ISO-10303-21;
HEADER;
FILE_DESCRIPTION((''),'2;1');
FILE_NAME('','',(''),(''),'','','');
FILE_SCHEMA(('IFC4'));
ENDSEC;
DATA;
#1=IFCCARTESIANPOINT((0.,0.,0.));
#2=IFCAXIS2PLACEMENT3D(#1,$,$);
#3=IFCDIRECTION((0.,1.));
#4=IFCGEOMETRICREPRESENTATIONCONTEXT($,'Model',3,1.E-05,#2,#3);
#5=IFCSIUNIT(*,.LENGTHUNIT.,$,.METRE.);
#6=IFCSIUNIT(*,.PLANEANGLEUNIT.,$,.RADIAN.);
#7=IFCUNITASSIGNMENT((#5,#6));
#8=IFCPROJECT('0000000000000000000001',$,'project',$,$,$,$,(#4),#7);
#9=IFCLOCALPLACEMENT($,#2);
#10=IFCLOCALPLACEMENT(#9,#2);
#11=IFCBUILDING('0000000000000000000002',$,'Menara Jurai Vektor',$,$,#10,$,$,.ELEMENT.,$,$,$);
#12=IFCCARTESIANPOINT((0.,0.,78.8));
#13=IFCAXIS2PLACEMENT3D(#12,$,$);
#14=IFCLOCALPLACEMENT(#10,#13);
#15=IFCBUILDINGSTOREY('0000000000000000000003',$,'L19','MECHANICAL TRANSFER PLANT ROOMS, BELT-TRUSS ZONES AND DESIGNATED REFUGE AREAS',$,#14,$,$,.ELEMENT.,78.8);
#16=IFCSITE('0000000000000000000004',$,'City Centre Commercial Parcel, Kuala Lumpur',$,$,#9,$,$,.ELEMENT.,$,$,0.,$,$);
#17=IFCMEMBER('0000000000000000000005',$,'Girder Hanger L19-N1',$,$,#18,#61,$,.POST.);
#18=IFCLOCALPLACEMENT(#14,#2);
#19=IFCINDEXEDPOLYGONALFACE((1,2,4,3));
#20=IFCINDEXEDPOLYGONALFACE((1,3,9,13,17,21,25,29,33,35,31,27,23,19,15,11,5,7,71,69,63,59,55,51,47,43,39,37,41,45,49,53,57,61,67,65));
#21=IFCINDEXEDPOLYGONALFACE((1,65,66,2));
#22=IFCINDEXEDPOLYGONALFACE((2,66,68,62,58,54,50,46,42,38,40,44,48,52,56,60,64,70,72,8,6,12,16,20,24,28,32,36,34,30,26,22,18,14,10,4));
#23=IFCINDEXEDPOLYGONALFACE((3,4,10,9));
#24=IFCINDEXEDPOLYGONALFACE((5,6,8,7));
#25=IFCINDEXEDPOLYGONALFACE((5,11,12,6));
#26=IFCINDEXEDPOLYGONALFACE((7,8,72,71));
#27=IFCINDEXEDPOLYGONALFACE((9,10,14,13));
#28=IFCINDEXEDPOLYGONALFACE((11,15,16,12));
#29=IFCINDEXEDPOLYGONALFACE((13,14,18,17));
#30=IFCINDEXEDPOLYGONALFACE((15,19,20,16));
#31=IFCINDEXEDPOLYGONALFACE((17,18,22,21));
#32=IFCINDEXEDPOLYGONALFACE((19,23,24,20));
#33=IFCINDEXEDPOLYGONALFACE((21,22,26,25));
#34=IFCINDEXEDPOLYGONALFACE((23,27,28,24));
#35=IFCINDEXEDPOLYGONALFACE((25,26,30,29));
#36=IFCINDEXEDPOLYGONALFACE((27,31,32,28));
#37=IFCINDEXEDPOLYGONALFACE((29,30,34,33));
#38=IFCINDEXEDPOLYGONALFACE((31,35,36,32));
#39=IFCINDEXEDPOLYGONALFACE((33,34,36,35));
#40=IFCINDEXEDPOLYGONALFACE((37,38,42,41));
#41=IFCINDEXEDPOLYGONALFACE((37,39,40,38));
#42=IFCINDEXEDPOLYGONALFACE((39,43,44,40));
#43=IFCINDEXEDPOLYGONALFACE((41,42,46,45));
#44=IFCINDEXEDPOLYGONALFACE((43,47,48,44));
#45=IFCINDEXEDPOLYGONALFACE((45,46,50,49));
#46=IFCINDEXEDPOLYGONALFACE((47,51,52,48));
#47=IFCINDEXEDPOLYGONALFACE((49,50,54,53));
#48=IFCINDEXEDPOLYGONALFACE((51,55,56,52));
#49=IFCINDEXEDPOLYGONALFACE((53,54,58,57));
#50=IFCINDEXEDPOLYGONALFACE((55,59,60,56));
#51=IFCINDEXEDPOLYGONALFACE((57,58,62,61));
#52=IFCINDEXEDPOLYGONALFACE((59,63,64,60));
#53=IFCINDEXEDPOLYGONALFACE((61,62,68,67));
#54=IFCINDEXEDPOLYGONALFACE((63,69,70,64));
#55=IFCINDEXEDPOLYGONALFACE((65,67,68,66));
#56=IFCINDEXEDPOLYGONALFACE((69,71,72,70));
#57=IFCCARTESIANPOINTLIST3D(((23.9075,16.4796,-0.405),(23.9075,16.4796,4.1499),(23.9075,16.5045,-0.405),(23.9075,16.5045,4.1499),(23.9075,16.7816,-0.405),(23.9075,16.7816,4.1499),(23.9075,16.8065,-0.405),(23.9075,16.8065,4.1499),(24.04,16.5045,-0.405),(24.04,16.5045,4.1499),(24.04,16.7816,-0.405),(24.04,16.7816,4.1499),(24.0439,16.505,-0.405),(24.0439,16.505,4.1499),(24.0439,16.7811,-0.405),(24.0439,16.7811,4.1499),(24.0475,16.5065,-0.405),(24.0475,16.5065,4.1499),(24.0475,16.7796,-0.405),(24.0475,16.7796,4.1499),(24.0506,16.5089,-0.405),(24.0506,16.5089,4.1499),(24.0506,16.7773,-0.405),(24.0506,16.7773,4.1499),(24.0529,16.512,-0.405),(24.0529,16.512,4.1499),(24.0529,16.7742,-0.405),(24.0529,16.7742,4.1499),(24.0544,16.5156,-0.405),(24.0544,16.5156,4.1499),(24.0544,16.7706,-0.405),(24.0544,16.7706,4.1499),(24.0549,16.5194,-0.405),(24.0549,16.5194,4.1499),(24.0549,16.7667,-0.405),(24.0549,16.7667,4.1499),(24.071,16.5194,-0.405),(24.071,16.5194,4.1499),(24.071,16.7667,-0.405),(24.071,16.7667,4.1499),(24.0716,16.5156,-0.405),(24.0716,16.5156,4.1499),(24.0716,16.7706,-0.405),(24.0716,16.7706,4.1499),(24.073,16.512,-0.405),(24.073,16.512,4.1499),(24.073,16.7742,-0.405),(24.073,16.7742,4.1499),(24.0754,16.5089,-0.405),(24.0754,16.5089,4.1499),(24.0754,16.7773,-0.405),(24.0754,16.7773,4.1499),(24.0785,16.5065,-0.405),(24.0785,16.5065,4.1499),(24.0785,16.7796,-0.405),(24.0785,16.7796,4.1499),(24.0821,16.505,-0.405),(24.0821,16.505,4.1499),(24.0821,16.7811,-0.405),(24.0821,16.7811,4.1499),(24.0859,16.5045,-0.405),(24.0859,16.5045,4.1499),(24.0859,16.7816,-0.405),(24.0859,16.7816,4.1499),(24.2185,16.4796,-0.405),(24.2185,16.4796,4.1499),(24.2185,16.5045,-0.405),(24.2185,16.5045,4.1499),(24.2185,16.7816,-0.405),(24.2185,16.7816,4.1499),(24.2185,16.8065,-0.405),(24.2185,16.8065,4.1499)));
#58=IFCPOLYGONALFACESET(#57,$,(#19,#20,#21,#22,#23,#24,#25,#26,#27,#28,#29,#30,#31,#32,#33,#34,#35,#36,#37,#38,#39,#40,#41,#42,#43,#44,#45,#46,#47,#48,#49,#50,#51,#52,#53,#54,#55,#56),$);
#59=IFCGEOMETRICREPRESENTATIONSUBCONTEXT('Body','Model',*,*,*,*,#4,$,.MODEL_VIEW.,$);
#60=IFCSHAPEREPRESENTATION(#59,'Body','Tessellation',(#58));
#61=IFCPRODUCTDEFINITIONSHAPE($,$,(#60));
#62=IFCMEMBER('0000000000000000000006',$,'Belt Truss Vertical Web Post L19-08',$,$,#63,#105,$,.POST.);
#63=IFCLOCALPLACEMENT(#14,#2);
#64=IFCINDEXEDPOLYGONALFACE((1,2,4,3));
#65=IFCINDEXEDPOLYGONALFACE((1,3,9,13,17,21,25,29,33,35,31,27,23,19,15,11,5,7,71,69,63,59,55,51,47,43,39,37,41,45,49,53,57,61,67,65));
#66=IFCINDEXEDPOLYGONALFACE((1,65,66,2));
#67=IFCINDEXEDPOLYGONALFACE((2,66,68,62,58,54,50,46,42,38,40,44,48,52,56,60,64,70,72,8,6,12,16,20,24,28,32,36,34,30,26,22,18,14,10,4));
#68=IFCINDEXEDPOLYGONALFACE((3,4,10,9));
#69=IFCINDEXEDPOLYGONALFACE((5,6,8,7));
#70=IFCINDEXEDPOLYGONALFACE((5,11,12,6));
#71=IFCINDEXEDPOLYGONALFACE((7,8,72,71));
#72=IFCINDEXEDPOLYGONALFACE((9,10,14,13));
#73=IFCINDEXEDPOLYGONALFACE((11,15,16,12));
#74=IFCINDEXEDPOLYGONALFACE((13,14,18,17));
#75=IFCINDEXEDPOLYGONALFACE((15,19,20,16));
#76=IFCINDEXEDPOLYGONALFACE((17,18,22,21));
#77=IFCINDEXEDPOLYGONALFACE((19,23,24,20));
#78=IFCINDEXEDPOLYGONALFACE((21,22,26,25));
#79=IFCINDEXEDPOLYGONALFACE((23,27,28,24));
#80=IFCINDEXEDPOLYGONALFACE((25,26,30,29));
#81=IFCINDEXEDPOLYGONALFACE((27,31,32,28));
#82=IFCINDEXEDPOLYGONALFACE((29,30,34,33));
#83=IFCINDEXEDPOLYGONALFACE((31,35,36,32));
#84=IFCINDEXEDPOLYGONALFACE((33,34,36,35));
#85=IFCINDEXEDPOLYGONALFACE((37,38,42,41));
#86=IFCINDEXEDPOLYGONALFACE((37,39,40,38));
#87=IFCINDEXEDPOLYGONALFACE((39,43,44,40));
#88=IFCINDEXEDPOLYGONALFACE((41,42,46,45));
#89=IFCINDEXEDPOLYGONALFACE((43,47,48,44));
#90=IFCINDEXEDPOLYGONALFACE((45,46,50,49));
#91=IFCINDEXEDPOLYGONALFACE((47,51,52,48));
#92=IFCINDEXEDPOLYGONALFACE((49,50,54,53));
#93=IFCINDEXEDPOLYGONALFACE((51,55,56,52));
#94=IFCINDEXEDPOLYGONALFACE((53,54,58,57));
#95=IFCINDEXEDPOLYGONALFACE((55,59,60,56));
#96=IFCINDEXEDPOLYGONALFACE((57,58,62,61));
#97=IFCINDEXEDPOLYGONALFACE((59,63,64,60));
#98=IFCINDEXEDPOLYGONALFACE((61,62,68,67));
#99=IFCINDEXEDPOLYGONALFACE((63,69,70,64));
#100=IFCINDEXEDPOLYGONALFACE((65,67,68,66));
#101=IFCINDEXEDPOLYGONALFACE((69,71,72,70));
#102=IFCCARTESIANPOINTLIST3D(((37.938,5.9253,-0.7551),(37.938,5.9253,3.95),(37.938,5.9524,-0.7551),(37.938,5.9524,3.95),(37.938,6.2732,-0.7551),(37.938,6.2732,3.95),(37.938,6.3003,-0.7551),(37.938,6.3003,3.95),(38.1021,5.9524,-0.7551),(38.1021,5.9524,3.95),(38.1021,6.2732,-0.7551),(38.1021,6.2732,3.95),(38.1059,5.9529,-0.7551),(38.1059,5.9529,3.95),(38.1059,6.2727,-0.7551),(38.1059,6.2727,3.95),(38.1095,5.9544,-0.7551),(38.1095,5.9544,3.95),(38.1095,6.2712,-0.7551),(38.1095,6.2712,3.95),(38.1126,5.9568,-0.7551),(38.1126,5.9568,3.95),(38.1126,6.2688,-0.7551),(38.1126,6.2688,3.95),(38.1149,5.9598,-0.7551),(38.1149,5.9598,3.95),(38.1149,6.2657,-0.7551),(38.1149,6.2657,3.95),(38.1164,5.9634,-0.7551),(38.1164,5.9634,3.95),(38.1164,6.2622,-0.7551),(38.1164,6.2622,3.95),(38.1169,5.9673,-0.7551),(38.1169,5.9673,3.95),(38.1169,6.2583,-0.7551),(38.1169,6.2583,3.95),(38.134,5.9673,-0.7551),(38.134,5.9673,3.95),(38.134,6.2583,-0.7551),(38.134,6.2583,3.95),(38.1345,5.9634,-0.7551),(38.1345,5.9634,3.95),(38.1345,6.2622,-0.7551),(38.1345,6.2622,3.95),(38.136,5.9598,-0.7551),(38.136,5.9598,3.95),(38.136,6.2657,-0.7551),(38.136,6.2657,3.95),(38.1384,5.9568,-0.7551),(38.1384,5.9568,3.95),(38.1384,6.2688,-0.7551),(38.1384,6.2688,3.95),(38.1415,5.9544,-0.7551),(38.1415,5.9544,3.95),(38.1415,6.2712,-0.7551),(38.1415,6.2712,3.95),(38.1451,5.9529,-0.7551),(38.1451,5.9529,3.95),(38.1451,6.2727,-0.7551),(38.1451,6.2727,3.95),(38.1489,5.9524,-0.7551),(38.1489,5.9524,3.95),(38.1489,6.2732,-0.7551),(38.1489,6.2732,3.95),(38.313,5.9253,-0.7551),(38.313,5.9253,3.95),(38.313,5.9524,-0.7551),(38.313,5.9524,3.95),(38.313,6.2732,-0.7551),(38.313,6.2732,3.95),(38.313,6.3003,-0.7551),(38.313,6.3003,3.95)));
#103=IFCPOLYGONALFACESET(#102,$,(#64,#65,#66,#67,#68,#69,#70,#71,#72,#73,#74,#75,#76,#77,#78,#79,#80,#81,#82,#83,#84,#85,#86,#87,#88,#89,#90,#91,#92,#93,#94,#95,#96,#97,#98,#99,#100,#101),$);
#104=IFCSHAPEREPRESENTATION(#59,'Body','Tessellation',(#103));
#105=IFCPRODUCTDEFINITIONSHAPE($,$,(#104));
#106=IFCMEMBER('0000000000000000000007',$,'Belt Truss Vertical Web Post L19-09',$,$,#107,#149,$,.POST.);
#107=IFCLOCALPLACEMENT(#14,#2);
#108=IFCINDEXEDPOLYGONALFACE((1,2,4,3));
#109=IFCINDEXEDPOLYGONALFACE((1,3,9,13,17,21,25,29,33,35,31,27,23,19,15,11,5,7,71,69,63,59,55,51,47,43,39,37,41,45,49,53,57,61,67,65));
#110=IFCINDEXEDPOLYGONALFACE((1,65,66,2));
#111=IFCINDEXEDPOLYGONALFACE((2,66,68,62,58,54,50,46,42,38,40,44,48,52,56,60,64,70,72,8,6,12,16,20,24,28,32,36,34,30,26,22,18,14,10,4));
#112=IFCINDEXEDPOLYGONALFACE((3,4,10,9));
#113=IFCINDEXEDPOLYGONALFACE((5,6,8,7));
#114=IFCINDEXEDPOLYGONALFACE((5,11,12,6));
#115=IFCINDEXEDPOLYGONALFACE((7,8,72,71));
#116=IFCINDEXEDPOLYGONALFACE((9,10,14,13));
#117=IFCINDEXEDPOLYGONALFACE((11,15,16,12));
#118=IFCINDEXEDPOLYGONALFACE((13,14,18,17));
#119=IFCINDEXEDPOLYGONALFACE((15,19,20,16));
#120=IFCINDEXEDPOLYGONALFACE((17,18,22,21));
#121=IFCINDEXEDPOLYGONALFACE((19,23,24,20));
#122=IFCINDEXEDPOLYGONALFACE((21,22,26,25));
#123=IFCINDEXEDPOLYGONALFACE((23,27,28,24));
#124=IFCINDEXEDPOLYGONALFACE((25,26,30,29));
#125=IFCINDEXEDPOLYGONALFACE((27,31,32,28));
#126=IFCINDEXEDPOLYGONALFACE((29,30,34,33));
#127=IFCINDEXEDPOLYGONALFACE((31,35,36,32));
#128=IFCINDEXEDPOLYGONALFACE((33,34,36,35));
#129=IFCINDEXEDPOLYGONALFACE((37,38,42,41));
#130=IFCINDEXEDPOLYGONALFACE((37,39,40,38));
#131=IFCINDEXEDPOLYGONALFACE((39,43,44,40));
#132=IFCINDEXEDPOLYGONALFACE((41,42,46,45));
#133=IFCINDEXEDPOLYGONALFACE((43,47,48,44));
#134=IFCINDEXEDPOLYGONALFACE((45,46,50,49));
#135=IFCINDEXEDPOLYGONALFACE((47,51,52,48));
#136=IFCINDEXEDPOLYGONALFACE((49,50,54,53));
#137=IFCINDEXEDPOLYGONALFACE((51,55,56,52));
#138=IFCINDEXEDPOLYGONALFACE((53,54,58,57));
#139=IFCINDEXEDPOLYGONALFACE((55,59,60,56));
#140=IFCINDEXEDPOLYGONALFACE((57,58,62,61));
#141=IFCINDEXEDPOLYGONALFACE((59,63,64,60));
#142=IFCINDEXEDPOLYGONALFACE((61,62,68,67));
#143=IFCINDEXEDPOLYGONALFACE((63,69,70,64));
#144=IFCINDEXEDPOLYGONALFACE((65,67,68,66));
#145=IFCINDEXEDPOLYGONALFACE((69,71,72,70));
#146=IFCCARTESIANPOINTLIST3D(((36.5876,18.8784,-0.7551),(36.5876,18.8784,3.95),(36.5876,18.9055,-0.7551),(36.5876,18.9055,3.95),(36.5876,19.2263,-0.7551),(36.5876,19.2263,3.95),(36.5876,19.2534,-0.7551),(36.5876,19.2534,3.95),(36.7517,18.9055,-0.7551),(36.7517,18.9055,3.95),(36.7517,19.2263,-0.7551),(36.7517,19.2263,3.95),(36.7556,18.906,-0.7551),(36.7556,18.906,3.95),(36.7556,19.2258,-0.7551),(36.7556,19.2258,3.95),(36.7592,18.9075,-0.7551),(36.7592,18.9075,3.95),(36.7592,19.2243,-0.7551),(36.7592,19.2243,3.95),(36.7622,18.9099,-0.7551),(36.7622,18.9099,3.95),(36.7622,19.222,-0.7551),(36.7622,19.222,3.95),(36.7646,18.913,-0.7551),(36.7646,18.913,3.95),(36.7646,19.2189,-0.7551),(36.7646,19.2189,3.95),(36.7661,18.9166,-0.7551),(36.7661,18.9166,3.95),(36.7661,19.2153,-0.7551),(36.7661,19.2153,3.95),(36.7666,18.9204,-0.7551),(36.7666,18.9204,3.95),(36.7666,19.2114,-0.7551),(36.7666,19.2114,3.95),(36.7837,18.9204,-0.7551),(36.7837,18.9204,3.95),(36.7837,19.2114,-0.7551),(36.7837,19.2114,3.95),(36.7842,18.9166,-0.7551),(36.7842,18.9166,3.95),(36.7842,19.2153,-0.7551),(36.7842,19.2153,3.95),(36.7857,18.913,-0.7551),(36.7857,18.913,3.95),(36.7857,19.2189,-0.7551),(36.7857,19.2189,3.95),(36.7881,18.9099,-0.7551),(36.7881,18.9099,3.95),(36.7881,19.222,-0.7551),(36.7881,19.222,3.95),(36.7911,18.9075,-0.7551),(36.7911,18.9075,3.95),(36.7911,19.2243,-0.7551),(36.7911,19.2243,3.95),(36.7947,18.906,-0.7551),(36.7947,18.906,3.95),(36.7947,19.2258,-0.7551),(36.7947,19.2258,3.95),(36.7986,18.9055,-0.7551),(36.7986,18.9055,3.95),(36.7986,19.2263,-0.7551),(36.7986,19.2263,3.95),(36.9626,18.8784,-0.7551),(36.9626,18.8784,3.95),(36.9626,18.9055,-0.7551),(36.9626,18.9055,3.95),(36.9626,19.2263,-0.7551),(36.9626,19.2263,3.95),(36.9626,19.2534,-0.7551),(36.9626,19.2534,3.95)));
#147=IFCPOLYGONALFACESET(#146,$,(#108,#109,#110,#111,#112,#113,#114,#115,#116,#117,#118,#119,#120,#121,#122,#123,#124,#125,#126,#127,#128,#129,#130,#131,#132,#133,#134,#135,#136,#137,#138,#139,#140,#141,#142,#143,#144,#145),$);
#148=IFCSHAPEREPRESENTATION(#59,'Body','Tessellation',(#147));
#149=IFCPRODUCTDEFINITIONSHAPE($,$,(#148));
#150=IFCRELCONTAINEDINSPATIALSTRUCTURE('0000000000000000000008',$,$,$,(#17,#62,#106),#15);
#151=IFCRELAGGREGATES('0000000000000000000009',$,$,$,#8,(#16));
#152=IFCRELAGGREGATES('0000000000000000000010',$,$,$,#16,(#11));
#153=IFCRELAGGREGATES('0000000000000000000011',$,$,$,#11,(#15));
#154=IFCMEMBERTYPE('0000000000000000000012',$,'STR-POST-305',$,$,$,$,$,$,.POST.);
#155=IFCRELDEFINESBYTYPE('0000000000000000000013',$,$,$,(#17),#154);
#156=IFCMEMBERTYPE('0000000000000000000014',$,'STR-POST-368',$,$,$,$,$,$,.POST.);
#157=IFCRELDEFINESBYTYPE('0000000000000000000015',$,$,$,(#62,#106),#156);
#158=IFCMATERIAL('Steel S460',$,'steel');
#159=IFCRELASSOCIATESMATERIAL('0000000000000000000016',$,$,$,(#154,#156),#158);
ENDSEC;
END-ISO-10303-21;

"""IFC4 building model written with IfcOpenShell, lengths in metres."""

from ifc_helpers import new_model, si_unit, direction, frame, origin, origin_2d, place, context, subcontext, project, spatial, i_section, extrude, material, material_profile, profile_set, type_object, element, save


model = new_model("IFC4")

# Units and contexts
model_context = context("Model", 3, precision=1e-05, world=origin(), true_north=direction((0.0, 1.0)))
body_context = subcontext(model_context, "Body", "Model", "MODEL_VIEW")
ifc_project = project(units=[si_unit("LENGTHUNIT", "METRE"), si_unit("PLANEANGLEUNIT", "RADIAN")], contexts=[model_context])

# Site, building, storey
site_placement = place(None, origin())
site = spatial("IfcSite", under=ifc_project, at=site_placement, Name="City Centre Commercial Parcel, Kuala Lumpur", CompositionType="ELEMENT", RefElevation=0.0)
building_placement = place(site_placement, origin())
building = spatial("IfcBuilding", under=site, at=building_placement, Name="Menara Jurai Vektor", CompositionType="ELEMENT")
storey_placement = place(building_placement, frame((0.0, 0.0, 78.8)))
storey = spatial("IfcBuildingStorey", under=building, at=storey_placement, Name="L19", Description="MECHANICAL TRANSFER PLANT ROOMS, BELT-TRUSS ZONES AND DESIGNATED REFUGE AREAS", CompositionType="ELEMENT", Elevation=78.8)

# Shared definitions
ifc_material_1 = material(Name="Steel S460", Category="steel")

# Members
ifc_material_profile_1 = material_profile(ifc_material_1, i_section(OverallWidth=0.311, OverallDepth=0.3269, WebThickness=0.0161, FlangeThickness=0.0249, FilletRadius=0.0149, at=origin_2d()), Name="UKC 305x305x158")
ifc_profile_set_1 = profile_set([ifc_material_profile_1], Name="Steel S460")
member_type_1 = type_object("IfcMemberType", Name="STR-POST-305", PredefinedType="POST", material=ifc_profile_set_1)
for number, where, z_axis, x_axis, name in (
    (1, (24.063, 16.6431, -0.405), (0.0, 0.0, 1.0), (1.0, 0.0, 0.0), "Girder Hanger L19-N1"),
):
    element("IfcMember", number, at=place(storey_placement, frame(where, z_axis=z_axis, x_axis=x_axis)), inside=storey, type_object=member_type_1, Name=name, PredefinedType="POST", context=body_context, shape_type="SweptSolid", body=[
        extrude(i_section(OverallWidth=0.311, OverallDepth=0.3269, WebThickness=0.0161, FlangeThickness=0.0249, FilletRadius=0.0149, at=origin_2d()), origin(), (0.0, 0.0, 1.0), 4.5549),
    ])
ifc_material_profile_2 = material_profile(ifc_material_1, i_section(OverallWidth=0.375, OverallDepth=0.375, WebThickness=0.0171, FlangeThickness=0.0271, FilletRadius=0.0149, at=origin_2d()), Name="UKC 356x368x202")
ifc_profile_set_2 = profile_set([ifc_material_profile_2], Name="Steel S460")
member_type_2 = type_object("IfcMemberType", Name="STR-POST-368", PredefinedType="POST", material=ifc_profile_set_2)
for number, where, z_axis, x_axis, name in (
    (2, (38.1255, 6.1128, -0.7551), (0.0, 0.0, 1.0), (1.0, 0.0, 0.0), "Belt Truss Vertical Web Post L19-08"),
    (3, (36.7751, 19.0659, -0.7551), (0.0, 0.0, 1.0), (1.0, 0.0, 0.0), "Belt Truss Vertical Web Post L19-09"),
):
    element("IfcMember", number, at=place(storey_placement, frame(where, z_axis=z_axis, x_axis=x_axis)), inside=storey, type_object=member_type_2, Name=name, PredefinedType="POST", context=body_context, shape_type="SweptSolid", body=[
        extrude(i_section(OverallWidth=0.375, OverallDepth=0.375, WebThickness=0.0171, FlangeThickness=0.0271, FilletRadius=0.0149, at=origin_2d()), origin(), (0.0, 0.0, 1.0), 4.7051),
    ])

save(model, "model.ifc")
